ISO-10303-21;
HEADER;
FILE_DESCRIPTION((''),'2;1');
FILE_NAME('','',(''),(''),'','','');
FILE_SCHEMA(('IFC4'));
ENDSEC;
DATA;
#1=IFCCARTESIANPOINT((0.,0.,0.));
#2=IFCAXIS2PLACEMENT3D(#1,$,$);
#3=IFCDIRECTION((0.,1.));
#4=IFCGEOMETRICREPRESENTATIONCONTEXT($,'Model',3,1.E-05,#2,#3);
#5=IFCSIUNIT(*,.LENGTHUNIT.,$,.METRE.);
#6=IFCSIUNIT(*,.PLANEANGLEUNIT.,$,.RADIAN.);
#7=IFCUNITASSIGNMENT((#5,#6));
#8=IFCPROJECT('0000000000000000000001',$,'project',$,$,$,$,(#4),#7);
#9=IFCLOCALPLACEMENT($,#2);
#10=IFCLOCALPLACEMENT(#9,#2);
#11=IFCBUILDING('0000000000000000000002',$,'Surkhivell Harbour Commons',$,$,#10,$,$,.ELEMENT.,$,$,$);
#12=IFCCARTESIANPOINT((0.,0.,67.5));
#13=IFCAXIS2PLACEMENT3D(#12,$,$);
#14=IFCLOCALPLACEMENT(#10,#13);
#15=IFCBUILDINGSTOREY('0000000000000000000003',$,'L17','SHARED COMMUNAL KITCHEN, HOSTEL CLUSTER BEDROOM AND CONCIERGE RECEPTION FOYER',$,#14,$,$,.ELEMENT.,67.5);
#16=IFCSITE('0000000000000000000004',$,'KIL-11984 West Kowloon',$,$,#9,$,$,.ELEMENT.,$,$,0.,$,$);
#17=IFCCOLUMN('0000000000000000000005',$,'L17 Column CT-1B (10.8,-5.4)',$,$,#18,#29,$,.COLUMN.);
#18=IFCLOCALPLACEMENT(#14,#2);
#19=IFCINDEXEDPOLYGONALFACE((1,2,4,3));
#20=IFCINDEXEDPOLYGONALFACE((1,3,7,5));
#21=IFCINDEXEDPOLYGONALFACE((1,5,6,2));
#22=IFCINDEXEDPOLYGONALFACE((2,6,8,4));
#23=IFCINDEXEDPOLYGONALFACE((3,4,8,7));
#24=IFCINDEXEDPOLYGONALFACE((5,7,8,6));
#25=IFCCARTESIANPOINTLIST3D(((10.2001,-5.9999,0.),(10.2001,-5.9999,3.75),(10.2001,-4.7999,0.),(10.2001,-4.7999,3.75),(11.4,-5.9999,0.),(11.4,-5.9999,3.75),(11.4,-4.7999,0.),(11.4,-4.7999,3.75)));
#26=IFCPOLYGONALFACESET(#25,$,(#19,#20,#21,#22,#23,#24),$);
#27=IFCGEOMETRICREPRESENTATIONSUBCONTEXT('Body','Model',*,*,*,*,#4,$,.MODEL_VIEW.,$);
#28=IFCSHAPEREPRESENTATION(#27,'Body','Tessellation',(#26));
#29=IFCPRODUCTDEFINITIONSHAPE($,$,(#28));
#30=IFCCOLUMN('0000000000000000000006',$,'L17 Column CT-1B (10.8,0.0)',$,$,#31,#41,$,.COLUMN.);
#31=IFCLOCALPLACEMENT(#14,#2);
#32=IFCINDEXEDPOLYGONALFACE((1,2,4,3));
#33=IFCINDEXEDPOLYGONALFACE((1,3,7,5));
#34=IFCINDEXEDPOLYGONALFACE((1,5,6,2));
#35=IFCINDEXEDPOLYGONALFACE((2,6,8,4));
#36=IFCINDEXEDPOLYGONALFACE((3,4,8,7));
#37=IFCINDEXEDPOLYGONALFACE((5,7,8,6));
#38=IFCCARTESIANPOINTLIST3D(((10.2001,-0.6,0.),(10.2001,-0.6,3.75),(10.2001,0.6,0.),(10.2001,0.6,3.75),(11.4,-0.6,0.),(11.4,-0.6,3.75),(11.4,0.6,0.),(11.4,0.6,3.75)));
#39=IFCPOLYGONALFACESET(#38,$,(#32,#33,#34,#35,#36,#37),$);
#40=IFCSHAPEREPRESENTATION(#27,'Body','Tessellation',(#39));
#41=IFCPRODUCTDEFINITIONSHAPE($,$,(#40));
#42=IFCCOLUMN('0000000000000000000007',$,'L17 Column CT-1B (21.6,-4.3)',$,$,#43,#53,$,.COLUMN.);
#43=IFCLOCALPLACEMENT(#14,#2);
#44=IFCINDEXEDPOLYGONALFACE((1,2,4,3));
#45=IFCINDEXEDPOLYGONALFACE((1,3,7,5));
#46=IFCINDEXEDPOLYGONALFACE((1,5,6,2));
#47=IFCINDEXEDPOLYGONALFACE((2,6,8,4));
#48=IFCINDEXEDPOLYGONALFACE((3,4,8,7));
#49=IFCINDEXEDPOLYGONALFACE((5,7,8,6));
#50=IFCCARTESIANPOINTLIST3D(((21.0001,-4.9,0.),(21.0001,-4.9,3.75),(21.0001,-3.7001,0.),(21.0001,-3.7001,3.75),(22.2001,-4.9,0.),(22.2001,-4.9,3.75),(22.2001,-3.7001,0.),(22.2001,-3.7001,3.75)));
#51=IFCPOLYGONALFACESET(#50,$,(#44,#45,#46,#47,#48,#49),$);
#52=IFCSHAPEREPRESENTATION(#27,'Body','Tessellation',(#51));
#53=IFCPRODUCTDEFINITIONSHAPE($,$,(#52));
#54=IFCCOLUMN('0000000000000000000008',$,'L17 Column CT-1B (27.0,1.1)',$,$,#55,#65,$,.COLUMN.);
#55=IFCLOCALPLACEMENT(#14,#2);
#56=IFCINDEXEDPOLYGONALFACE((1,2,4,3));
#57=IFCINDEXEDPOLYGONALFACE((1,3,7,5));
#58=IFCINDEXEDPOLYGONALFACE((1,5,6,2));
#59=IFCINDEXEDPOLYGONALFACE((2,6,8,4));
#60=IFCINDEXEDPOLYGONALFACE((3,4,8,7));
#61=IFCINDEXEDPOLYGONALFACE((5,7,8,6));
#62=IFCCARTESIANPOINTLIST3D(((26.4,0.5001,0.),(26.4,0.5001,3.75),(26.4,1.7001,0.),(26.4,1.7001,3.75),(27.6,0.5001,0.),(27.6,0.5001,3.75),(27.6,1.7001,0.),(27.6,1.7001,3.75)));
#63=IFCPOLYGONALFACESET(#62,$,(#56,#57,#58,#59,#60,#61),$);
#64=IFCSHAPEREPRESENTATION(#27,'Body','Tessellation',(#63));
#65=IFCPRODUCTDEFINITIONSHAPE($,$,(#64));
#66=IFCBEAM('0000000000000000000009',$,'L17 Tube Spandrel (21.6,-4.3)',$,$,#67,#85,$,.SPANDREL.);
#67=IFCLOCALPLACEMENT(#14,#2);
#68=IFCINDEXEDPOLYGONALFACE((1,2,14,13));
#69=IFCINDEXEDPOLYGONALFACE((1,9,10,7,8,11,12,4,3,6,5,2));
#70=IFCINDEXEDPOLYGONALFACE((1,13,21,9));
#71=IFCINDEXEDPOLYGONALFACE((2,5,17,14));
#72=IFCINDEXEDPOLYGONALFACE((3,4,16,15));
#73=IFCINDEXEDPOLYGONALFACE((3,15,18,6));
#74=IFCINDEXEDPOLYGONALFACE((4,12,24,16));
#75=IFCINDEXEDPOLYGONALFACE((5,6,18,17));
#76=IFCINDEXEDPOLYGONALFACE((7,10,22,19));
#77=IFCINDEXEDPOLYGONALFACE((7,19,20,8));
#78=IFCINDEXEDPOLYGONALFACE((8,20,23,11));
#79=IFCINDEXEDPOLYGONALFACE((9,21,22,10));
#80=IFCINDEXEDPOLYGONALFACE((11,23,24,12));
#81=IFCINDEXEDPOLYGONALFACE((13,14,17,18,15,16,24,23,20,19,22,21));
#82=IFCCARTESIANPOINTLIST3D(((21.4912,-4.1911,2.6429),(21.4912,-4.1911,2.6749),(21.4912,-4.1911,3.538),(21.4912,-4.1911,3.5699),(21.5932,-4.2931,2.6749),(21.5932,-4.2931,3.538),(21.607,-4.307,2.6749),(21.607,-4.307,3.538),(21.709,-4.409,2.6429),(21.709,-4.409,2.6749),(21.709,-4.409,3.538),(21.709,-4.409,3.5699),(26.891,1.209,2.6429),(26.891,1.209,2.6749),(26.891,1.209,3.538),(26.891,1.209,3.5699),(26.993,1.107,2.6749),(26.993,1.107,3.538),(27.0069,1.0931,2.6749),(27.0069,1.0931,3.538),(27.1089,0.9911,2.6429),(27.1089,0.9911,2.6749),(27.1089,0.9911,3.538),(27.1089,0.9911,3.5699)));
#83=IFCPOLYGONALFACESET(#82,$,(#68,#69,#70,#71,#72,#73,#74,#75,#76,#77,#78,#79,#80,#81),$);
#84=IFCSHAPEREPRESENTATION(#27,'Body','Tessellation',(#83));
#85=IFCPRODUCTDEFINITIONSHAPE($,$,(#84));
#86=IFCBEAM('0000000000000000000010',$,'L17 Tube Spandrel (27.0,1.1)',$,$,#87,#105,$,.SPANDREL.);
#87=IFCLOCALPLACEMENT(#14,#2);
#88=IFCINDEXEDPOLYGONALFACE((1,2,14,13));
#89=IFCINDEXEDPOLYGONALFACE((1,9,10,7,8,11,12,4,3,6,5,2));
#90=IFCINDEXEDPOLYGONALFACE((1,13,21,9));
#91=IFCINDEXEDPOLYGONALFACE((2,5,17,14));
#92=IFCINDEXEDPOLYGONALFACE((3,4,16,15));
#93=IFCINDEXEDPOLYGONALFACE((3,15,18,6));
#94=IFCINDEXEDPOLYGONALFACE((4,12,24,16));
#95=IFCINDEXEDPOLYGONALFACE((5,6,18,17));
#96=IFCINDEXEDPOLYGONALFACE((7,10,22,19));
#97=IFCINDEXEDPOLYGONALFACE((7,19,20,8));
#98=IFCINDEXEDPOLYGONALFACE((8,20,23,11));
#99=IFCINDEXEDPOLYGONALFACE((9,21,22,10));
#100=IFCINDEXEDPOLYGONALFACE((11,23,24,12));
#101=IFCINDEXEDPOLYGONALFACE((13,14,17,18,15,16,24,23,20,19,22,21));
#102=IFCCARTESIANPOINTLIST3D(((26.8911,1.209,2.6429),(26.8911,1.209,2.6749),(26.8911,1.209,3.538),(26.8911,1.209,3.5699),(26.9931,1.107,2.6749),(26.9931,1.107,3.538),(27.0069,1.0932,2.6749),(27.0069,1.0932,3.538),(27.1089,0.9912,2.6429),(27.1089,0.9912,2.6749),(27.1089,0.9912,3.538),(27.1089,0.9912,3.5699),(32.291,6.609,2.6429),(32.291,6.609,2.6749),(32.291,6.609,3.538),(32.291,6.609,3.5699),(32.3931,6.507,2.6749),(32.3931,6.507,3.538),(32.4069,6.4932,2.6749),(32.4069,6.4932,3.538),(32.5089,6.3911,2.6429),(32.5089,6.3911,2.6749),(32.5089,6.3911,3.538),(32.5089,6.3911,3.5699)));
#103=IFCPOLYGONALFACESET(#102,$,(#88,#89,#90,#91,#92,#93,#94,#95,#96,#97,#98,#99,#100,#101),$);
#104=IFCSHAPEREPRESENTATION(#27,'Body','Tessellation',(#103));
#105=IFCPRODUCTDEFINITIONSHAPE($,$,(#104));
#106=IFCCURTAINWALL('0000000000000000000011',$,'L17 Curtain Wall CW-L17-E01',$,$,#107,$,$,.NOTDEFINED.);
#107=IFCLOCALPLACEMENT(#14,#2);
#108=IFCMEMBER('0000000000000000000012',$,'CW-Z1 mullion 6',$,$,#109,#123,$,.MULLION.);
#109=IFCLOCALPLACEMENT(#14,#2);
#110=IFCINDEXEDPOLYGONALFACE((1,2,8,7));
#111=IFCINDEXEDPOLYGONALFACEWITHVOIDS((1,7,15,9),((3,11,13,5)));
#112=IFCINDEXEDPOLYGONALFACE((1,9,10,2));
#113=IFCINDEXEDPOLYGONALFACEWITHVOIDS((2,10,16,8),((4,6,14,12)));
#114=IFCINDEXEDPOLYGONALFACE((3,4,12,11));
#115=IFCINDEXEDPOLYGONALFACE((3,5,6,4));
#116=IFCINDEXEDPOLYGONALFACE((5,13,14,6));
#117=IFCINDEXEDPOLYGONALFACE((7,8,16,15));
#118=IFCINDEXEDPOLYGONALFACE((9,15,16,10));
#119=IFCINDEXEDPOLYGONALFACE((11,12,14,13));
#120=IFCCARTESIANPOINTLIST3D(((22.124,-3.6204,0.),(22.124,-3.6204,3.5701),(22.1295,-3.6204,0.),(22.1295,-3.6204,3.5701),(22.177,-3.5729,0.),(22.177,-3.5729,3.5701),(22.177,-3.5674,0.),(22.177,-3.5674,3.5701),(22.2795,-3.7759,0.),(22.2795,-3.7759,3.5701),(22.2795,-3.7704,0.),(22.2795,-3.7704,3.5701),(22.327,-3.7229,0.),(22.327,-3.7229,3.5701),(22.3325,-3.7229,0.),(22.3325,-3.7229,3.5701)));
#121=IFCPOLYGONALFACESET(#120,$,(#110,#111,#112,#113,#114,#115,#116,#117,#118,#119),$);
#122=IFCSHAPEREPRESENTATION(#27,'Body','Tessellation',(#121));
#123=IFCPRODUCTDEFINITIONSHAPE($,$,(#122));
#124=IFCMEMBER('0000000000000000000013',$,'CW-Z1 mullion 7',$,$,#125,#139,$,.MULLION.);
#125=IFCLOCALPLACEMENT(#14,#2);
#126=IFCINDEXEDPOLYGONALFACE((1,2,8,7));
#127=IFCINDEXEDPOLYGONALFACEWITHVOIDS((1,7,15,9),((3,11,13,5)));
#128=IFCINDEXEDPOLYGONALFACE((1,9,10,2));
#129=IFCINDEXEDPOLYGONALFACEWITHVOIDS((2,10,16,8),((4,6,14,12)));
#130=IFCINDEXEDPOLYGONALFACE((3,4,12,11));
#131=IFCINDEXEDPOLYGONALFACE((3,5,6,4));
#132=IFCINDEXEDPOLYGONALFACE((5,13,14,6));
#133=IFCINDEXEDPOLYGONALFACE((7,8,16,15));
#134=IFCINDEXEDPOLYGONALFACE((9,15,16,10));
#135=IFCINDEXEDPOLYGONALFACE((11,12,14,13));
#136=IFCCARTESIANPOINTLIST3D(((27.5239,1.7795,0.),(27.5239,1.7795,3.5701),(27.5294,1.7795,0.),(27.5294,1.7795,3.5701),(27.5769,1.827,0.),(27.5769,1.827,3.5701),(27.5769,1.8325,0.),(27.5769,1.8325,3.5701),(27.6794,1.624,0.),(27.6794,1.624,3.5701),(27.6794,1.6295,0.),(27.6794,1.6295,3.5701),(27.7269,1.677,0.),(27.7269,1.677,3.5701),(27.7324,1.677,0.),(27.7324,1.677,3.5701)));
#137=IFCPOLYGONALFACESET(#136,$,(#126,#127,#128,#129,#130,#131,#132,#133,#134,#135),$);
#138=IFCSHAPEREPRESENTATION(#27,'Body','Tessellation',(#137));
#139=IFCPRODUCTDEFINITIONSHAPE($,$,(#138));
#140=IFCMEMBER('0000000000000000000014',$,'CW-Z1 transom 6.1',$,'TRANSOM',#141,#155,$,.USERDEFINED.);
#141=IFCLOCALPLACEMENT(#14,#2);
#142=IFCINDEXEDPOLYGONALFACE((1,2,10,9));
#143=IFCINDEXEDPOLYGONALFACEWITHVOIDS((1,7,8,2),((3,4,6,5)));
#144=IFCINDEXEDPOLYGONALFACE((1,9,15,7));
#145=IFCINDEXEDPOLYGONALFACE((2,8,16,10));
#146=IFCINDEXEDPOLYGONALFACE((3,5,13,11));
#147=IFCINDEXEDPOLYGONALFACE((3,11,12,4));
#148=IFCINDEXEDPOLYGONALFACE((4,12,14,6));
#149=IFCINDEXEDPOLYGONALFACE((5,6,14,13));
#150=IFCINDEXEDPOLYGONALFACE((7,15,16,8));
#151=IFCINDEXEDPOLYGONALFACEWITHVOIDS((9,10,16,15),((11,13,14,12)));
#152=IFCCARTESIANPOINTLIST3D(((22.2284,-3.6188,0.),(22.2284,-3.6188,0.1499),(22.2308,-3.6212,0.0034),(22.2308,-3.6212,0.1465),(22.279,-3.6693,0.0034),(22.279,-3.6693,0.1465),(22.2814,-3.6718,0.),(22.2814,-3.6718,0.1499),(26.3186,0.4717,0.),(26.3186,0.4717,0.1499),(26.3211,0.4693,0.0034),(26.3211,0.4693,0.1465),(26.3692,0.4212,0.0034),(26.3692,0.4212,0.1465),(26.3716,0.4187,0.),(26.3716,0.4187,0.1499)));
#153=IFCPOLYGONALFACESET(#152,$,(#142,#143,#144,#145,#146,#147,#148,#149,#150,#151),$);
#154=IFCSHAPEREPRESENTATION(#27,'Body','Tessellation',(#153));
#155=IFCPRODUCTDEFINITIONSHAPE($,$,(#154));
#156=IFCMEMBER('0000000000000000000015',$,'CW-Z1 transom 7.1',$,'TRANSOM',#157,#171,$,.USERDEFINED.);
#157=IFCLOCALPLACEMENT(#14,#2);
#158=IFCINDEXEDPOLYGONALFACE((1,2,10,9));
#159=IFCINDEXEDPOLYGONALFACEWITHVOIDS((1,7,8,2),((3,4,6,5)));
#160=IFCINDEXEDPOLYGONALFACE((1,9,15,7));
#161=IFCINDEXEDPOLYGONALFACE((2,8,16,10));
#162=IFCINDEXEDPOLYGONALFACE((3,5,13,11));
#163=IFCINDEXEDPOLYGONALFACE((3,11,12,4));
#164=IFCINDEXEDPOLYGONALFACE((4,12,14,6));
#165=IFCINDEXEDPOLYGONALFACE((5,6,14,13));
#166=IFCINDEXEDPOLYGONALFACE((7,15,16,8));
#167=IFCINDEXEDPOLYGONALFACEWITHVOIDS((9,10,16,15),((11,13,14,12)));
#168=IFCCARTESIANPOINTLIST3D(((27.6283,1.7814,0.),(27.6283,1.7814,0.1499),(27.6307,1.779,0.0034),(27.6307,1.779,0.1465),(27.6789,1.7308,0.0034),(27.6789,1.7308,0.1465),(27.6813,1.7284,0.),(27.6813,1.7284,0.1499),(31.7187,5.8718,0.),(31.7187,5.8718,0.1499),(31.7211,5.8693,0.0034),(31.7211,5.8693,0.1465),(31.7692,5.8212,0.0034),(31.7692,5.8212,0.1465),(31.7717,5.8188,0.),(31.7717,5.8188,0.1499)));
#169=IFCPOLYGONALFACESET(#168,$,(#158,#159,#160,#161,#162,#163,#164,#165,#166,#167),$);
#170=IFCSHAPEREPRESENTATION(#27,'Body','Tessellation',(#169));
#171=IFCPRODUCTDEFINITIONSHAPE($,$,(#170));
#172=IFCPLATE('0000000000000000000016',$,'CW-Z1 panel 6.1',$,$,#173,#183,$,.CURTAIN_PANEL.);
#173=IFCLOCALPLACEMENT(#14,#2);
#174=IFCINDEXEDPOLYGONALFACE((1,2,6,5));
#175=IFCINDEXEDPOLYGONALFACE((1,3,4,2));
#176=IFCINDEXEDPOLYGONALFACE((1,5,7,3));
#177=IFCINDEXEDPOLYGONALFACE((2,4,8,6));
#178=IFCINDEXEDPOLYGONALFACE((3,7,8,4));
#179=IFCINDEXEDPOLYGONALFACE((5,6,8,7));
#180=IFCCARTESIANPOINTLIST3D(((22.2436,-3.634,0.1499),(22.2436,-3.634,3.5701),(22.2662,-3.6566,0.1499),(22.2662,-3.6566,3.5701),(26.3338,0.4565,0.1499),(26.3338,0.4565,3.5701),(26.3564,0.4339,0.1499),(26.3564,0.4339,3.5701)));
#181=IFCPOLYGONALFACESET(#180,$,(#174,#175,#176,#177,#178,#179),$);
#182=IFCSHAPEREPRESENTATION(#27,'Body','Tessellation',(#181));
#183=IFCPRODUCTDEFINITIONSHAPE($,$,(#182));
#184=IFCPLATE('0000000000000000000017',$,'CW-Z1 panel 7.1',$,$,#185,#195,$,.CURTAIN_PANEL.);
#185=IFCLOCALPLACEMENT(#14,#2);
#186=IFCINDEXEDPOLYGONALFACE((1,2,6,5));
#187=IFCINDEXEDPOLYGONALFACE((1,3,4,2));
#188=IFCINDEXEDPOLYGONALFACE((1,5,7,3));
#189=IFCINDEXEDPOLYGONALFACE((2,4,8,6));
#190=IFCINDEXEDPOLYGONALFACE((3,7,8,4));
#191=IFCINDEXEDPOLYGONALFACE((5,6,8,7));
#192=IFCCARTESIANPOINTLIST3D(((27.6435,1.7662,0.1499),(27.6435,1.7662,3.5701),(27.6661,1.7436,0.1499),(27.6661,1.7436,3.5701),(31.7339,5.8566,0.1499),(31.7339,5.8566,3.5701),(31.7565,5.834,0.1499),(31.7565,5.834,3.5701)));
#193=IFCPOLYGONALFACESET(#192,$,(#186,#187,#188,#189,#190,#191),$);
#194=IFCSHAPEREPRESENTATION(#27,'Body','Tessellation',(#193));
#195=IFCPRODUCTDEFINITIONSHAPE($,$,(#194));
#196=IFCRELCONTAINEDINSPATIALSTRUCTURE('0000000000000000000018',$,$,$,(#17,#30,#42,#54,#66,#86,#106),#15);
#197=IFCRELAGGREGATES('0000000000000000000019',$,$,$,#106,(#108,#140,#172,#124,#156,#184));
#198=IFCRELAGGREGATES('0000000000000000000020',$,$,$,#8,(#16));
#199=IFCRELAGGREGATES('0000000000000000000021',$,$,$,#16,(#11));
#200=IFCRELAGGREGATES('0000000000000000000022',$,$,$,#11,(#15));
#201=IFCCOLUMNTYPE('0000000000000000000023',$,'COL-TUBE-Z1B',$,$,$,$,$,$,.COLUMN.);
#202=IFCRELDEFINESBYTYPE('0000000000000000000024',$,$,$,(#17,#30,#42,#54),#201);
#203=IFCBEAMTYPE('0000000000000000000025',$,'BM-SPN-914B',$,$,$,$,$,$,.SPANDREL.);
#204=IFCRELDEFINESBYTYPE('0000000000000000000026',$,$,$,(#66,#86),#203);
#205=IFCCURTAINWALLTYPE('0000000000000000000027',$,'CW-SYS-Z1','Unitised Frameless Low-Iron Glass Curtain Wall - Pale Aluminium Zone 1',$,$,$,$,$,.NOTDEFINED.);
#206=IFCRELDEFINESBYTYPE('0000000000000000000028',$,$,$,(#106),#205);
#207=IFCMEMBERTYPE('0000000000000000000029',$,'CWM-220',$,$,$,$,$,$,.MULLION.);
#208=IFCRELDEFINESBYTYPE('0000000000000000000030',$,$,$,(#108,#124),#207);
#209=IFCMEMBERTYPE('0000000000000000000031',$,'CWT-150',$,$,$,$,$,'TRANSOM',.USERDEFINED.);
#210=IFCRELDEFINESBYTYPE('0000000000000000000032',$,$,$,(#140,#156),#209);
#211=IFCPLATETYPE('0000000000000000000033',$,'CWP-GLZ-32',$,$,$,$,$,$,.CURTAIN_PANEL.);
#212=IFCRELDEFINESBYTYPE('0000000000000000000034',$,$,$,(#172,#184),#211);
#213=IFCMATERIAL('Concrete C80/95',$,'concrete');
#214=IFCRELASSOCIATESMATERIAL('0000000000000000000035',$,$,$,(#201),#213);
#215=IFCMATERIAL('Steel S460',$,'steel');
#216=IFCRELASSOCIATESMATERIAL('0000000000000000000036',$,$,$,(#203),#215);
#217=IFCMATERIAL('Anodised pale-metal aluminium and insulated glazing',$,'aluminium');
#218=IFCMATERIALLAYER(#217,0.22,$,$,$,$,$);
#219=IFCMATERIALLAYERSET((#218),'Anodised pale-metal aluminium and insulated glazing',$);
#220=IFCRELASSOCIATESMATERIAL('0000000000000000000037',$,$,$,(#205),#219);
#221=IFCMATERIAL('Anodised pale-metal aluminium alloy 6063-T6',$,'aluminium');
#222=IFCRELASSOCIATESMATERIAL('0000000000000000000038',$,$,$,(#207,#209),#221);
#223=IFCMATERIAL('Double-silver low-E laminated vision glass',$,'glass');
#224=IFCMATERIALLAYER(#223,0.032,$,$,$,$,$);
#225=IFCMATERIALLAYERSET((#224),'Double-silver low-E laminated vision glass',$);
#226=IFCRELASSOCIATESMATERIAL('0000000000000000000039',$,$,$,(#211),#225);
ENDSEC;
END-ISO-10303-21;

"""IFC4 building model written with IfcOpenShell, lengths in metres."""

from ifc_helpers import new_model, si_unit, direction, frame, frame_2d, origin, origin_2d, place, context, subcontext, project, spatial, rectangle, hollow_rectangle, i_section, extrude, material, layer, layer_set, material_profile, profile_set, type_object, element, aggregate, save


model = new_model("IFC4")

# Units and contexts
model_context = context("Model", 3, precision=1e-05, world=origin(), true_north=direction((0.0, 1.0)))
body_context = subcontext(model_context, "Body", "Model", "MODEL_VIEW")
ifc_project = project(units=[si_unit("LENGTHUNIT", "METRE"), si_unit("PLANEANGLEUNIT", "RADIAN")], contexts=[model_context])

# Site, building, storey
site_placement = place(None, origin())
site = spatial("IfcSite", under=ifc_project, at=site_placement, Name="KIL-11984 West Kowloon", CompositionType="ELEMENT", RefElevation=0.0)
building_placement = place(site_placement, origin())
building = spatial("IfcBuilding", under=site, at=building_placement, Name="Surkhivell Harbour Commons", CompositionType="ELEMENT")
storey_placement = place(building_placement, frame((0.0, 0.0, 67.5)))
storey = spatial("IfcBuildingStorey", under=building, at=storey_placement, Name="L17", Description="SHARED COMMUNAL KITCHEN, HOSTEL CLUSTER BEDROOM AND CONCIERGE RECEPTION FOYER", CompositionType="ELEMENT", Elevation=67.5)

# Columns
ifc_material_1 = material(Name="Concrete C80/95", Category="concrete")
ifc_material_profile_1 = material_profile(ifc_material_1, rectangle(XDim=1.2, YDim=1.2, at=origin_2d()), Name="RC-COL-1200x1200")
ifc_profile_set_1 = profile_set([ifc_material_profile_1], Name="Concrete C80/95")
column_type = type_object("IfcColumnType", Name="COL-TUBE-Z1B", PredefinedType="COLUMN", material=ifc_profile_set_1)
for number, where, z_axis, x_axis, name in (
    (1, (10.8, -5.3999, 0.0), (0.0, 0.0, 1.0), (1.0, 0.0, 0.0), "L17 Column CT-1B (10.8,-5.4)"),
    (2, (10.8, 0.0, 0.0), (0.0, 0.0, 1.0), (1.0, 0.0, 0.0), "L17 Column CT-1B (10.8,0.0)"),
    (3, (21.6001, -4.3, 0.0), (0.0, 0.0, 1.0), (1.0, 0.0, 0.0), "L17 Column CT-1B (21.6,-4.3)"),
    (4, (27.0, 1.1001, 0.0), (0.0, 0.0, 1.0), (1.0, 0.0, 0.0), "L17 Column CT-1B (27.0,1.1)"),
):
    element("IfcColumn", number, at=place(storey_placement, frame(where, z_axis=z_axis, x_axis=x_axis)), inside=storey, type_object=column_type, Name=name, PredefinedType="COLUMN", context=body_context, shape_type="SweptSolid", body=[
        extrude(rectangle(XDim=1.2, YDim=1.2, at=origin_2d()), origin(), (0.0, 0.0, 1.0), 3.75),
    ])

# Beams
ifc_material_2 = material(Name="Steel S460", Category="steel")
ifc_material_profile_2 = material_profile(ifc_material_2, i_section(OverallWidth=0.3081, OverallDepth=0.927, WebThickness=0.0195, FlangeThickness=0.032, at=origin_2d()), Name="UB914x305x289")
ifc_profile_set_2 = profile_set([ifc_material_profile_2], Name="Steel S460")
beam_type = type_object("IfcBeamType", Name="BM-SPN-914B", PredefinedType="SPANDREL", material=ifc_profile_set_2)
for number, where, z_axis, x_axis, name in (
    (5, (21.6001, -4.3, 3.1064), (0.707091, 0.707123, 0.0), (-0.707123, 0.707091, 0.0), "L17 Tube Spandrel (21.6,-4.3)"),
    (6, (27.0, 1.1001, 3.1064), (0.707107, 0.707107, 0.0), (-0.707107, 0.707107, 0.0), "L17 Tube Spandrel (27.0,1.1)"),
):
    element("IfcBeam", number, at=place(storey_placement, frame(where, z_axis=z_axis, x_axis=x_axis)), inside=storey, type_object=beam_type, Name=name, PredefinedType="SPANDREL", context=body_context, shape_type="SweptSolid", body=[
        extrude(i_section(OverallWidth=0.3081, OverallDepth=0.927, WebThickness=0.0195, FlangeThickness=0.032, at=origin_2d()), origin(), (0.0, 0.0, 1.0), 7.6367),
    ])

# Curtain wall, members, plates
ifc_material_3 = material(Name="Anodised pale-metal aluminium and insulated glazing", Category="aluminium")
ifc_layer_1 = layer(ifc_material_3, 0.22)
ifc_layer_set_1 = layer_set([ifc_layer_1], Name="Anodised pale-metal aluminium and insulated glazing")
curtain_wall_type = type_object("IfcCurtainWallType", Name="CW-SYS-Z1", Description="Unitised Frameless Low-Iron Glass Curtain Wall - Pale Aluminium Zone 1", PredefinedType="NOTDEFINED", material=ifc_layer_set_1)
curtain_wall_placement = place(storey_placement, origin())
curtain_wall = element("IfcCurtainWall", 7, at=curtain_wall_placement, inside=storey, type_object=curtain_wall_type, Name="L17 Curtain Wall CW-L17-E01", PredefinedType="NOTDEFINED")
ifc_material_4 = material(Name="Anodised pale-metal aluminium alloy 6063-T6", Category="aluminium")
ifc_material_profile_3 = material_profile(ifc_material_4, hollow_rectangle(XDim=0.075, YDim=0.22, WallThickness=0.0039, at=origin_2d()), Name="ALU-MULL-75x220")
ifc_profile_set_3 = profile_set([ifc_material_profile_3], Name="Anodised pale-metal aluminium alloy 6063-T6")
member_type_1 = type_object("IfcMemberType", Name="CWM-220", PredefinedType="MULLION", material=ifc_profile_set_3)
member_1_placement = place(storey_placement, frame((22.2283, -3.6716, 0.0), z_axis=(0.0, 0.0, 1.0), x_axis=(0.707107, 0.707107, 0.0)))
member_1 = element("IfcMember", 8, at=member_1_placement, type_object=member_type_1, Name="CW-Z1 mullion 6", PredefinedType="MULLION", context=body_context, shape_type="SweptSolid", body=[
    extrude(hollow_rectangle(XDim=0.075, YDim=0.22, WallThickness=0.0039, at=origin_2d()), origin(), (0.0, 0.0, 1.0), 3.5701),
])
member_2_placement = place(storey_placement, frame((27.6282, 1.7283, 0.0), z_axis=(0.0, 0.0, 1.0), x_axis=(0.707107, 0.707107, 0.0)))
member_2 = element("IfcMember", 9, at=member_2_placement, type_object=member_type_1, Name="CW-Z1 mullion 7", PredefinedType="MULLION", context=body_context, shape_type="SweptSolid", body=[
    extrude(hollow_rectangle(XDim=0.075, YDim=0.22, WallThickness=0.0039, at=origin_2d()), origin(), (0.0, 0.0, 1.0), 3.5701),
])
ifc_material_profile_4 = material_profile(ifc_material_4, hollow_rectangle(XDim=0.075, YDim=0.1499, WallThickness=0.0034, at=origin_2d()), Name="ALU-TRAN-75x150")
ifc_profile_set_4 = profile_set([ifc_material_profile_4], Name="Anodised pale-metal aluminium alloy 6063-T6")
member_type_2 = type_object("IfcMemberType", Name="CWT-150", ElementType="TRANSOM", PredefinedType="USERDEFINED", material=ifc_profile_set_4)
member_3_placement = place(storey_placement, frame((22.2549, -3.6453, 0.075), z_axis=(0.707086, 0.707128, 0.0), x_axis=(-0.707128, 0.707086, 0.0)))
member_3 = element("IfcMember", 10, at=member_3_placement, type_object=member_type_2, Name="CW-Z1 transom 6.1", ObjectType="TRANSOM", PredefinedType="USERDEFINED", context=body_context, shape_type="SweptSolid", body=[
    extrude(hollow_rectangle(XDim=0.075, YDim=0.1499, WallThickness=0.0034, at=origin_2d()), origin(), (0.0, 0.0, 1.0), 5.7847),
])
member_4_placement = place(storey_placement, frame((27.6548, 1.7549, 0.075), z_axis=(0.707107, 0.707107, 0.0), x_axis=(-0.707107, 0.707107, 0.0)))
member_4 = element("IfcMember", 11, at=member_4_placement, type_object=member_type_2, Name="CW-Z1 transom 7.1", ObjectType="TRANSOM", PredefinedType="USERDEFINED", context=body_context, shape_type="SweptSolid", body=[
    extrude(hollow_rectangle(XDim=0.075, YDim=0.1499, WallThickness=0.0034, at=origin_2d()), origin(), (0.0, 0.0, 1.0), 5.7847),
])
ifc_material_5 = material(Name="Double-silver low-E laminated vision glass", Category="glass")
ifc_layer_2 = layer(ifc_material_5, 0.032)
ifc_layer_set_2 = layer_set([ifc_layer_2], Name="Double-silver low-E laminated vision glass")
plate_type = type_object("IfcPlateType", Name="CWP-GLZ-32", PredefinedType="CURTAIN_PANEL", material=ifc_layer_set_2)
plate_1_placement = place(storey_placement, frame((22.2549, -3.6453, 0.1499), z_axis=(0.0, 0.0, 1.0), x_axis=(0.707086, 0.707128, 0.0)))
plate_1 = element("IfcPlate", 12, at=plate_1_placement, type_object=plate_type, Name="CW-Z1 panel 6.1", PredefinedType="CURTAIN_PANEL", context=body_context, shape_type="SweptSolid", body=[
    extrude(rectangle(XDim=5.7847, YDim=0.032, at=frame_2d((2.8923, 0.0))), origin(), (0.0, 0.0, 1.0), 3.4202),
])
plate_2_placement = place(storey_placement, frame((27.6548, 1.7549, 0.1499), z_axis=(0.0, 0.0, 1.0), x_axis=(0.707107, 0.707107, 0.0)))
plate_2 = element("IfcPlate", 13, at=plate_2_placement, type_object=plate_type, Name="CW-Z1 panel 7.1", PredefinedType="CURTAIN_PANEL", context=body_context, shape_type="SweptSolid", body=[
    extrude(rectangle(XDim=5.7847, YDim=0.032, at=frame_2d((2.8923, 0.0))), origin(), (0.0, 0.0, 1.0), 3.4202),
])
aggregate(curtain_wall, [member_1, member_3, plate_1, member_2, member_4, plate_2])

save(model, "model.ifc")
